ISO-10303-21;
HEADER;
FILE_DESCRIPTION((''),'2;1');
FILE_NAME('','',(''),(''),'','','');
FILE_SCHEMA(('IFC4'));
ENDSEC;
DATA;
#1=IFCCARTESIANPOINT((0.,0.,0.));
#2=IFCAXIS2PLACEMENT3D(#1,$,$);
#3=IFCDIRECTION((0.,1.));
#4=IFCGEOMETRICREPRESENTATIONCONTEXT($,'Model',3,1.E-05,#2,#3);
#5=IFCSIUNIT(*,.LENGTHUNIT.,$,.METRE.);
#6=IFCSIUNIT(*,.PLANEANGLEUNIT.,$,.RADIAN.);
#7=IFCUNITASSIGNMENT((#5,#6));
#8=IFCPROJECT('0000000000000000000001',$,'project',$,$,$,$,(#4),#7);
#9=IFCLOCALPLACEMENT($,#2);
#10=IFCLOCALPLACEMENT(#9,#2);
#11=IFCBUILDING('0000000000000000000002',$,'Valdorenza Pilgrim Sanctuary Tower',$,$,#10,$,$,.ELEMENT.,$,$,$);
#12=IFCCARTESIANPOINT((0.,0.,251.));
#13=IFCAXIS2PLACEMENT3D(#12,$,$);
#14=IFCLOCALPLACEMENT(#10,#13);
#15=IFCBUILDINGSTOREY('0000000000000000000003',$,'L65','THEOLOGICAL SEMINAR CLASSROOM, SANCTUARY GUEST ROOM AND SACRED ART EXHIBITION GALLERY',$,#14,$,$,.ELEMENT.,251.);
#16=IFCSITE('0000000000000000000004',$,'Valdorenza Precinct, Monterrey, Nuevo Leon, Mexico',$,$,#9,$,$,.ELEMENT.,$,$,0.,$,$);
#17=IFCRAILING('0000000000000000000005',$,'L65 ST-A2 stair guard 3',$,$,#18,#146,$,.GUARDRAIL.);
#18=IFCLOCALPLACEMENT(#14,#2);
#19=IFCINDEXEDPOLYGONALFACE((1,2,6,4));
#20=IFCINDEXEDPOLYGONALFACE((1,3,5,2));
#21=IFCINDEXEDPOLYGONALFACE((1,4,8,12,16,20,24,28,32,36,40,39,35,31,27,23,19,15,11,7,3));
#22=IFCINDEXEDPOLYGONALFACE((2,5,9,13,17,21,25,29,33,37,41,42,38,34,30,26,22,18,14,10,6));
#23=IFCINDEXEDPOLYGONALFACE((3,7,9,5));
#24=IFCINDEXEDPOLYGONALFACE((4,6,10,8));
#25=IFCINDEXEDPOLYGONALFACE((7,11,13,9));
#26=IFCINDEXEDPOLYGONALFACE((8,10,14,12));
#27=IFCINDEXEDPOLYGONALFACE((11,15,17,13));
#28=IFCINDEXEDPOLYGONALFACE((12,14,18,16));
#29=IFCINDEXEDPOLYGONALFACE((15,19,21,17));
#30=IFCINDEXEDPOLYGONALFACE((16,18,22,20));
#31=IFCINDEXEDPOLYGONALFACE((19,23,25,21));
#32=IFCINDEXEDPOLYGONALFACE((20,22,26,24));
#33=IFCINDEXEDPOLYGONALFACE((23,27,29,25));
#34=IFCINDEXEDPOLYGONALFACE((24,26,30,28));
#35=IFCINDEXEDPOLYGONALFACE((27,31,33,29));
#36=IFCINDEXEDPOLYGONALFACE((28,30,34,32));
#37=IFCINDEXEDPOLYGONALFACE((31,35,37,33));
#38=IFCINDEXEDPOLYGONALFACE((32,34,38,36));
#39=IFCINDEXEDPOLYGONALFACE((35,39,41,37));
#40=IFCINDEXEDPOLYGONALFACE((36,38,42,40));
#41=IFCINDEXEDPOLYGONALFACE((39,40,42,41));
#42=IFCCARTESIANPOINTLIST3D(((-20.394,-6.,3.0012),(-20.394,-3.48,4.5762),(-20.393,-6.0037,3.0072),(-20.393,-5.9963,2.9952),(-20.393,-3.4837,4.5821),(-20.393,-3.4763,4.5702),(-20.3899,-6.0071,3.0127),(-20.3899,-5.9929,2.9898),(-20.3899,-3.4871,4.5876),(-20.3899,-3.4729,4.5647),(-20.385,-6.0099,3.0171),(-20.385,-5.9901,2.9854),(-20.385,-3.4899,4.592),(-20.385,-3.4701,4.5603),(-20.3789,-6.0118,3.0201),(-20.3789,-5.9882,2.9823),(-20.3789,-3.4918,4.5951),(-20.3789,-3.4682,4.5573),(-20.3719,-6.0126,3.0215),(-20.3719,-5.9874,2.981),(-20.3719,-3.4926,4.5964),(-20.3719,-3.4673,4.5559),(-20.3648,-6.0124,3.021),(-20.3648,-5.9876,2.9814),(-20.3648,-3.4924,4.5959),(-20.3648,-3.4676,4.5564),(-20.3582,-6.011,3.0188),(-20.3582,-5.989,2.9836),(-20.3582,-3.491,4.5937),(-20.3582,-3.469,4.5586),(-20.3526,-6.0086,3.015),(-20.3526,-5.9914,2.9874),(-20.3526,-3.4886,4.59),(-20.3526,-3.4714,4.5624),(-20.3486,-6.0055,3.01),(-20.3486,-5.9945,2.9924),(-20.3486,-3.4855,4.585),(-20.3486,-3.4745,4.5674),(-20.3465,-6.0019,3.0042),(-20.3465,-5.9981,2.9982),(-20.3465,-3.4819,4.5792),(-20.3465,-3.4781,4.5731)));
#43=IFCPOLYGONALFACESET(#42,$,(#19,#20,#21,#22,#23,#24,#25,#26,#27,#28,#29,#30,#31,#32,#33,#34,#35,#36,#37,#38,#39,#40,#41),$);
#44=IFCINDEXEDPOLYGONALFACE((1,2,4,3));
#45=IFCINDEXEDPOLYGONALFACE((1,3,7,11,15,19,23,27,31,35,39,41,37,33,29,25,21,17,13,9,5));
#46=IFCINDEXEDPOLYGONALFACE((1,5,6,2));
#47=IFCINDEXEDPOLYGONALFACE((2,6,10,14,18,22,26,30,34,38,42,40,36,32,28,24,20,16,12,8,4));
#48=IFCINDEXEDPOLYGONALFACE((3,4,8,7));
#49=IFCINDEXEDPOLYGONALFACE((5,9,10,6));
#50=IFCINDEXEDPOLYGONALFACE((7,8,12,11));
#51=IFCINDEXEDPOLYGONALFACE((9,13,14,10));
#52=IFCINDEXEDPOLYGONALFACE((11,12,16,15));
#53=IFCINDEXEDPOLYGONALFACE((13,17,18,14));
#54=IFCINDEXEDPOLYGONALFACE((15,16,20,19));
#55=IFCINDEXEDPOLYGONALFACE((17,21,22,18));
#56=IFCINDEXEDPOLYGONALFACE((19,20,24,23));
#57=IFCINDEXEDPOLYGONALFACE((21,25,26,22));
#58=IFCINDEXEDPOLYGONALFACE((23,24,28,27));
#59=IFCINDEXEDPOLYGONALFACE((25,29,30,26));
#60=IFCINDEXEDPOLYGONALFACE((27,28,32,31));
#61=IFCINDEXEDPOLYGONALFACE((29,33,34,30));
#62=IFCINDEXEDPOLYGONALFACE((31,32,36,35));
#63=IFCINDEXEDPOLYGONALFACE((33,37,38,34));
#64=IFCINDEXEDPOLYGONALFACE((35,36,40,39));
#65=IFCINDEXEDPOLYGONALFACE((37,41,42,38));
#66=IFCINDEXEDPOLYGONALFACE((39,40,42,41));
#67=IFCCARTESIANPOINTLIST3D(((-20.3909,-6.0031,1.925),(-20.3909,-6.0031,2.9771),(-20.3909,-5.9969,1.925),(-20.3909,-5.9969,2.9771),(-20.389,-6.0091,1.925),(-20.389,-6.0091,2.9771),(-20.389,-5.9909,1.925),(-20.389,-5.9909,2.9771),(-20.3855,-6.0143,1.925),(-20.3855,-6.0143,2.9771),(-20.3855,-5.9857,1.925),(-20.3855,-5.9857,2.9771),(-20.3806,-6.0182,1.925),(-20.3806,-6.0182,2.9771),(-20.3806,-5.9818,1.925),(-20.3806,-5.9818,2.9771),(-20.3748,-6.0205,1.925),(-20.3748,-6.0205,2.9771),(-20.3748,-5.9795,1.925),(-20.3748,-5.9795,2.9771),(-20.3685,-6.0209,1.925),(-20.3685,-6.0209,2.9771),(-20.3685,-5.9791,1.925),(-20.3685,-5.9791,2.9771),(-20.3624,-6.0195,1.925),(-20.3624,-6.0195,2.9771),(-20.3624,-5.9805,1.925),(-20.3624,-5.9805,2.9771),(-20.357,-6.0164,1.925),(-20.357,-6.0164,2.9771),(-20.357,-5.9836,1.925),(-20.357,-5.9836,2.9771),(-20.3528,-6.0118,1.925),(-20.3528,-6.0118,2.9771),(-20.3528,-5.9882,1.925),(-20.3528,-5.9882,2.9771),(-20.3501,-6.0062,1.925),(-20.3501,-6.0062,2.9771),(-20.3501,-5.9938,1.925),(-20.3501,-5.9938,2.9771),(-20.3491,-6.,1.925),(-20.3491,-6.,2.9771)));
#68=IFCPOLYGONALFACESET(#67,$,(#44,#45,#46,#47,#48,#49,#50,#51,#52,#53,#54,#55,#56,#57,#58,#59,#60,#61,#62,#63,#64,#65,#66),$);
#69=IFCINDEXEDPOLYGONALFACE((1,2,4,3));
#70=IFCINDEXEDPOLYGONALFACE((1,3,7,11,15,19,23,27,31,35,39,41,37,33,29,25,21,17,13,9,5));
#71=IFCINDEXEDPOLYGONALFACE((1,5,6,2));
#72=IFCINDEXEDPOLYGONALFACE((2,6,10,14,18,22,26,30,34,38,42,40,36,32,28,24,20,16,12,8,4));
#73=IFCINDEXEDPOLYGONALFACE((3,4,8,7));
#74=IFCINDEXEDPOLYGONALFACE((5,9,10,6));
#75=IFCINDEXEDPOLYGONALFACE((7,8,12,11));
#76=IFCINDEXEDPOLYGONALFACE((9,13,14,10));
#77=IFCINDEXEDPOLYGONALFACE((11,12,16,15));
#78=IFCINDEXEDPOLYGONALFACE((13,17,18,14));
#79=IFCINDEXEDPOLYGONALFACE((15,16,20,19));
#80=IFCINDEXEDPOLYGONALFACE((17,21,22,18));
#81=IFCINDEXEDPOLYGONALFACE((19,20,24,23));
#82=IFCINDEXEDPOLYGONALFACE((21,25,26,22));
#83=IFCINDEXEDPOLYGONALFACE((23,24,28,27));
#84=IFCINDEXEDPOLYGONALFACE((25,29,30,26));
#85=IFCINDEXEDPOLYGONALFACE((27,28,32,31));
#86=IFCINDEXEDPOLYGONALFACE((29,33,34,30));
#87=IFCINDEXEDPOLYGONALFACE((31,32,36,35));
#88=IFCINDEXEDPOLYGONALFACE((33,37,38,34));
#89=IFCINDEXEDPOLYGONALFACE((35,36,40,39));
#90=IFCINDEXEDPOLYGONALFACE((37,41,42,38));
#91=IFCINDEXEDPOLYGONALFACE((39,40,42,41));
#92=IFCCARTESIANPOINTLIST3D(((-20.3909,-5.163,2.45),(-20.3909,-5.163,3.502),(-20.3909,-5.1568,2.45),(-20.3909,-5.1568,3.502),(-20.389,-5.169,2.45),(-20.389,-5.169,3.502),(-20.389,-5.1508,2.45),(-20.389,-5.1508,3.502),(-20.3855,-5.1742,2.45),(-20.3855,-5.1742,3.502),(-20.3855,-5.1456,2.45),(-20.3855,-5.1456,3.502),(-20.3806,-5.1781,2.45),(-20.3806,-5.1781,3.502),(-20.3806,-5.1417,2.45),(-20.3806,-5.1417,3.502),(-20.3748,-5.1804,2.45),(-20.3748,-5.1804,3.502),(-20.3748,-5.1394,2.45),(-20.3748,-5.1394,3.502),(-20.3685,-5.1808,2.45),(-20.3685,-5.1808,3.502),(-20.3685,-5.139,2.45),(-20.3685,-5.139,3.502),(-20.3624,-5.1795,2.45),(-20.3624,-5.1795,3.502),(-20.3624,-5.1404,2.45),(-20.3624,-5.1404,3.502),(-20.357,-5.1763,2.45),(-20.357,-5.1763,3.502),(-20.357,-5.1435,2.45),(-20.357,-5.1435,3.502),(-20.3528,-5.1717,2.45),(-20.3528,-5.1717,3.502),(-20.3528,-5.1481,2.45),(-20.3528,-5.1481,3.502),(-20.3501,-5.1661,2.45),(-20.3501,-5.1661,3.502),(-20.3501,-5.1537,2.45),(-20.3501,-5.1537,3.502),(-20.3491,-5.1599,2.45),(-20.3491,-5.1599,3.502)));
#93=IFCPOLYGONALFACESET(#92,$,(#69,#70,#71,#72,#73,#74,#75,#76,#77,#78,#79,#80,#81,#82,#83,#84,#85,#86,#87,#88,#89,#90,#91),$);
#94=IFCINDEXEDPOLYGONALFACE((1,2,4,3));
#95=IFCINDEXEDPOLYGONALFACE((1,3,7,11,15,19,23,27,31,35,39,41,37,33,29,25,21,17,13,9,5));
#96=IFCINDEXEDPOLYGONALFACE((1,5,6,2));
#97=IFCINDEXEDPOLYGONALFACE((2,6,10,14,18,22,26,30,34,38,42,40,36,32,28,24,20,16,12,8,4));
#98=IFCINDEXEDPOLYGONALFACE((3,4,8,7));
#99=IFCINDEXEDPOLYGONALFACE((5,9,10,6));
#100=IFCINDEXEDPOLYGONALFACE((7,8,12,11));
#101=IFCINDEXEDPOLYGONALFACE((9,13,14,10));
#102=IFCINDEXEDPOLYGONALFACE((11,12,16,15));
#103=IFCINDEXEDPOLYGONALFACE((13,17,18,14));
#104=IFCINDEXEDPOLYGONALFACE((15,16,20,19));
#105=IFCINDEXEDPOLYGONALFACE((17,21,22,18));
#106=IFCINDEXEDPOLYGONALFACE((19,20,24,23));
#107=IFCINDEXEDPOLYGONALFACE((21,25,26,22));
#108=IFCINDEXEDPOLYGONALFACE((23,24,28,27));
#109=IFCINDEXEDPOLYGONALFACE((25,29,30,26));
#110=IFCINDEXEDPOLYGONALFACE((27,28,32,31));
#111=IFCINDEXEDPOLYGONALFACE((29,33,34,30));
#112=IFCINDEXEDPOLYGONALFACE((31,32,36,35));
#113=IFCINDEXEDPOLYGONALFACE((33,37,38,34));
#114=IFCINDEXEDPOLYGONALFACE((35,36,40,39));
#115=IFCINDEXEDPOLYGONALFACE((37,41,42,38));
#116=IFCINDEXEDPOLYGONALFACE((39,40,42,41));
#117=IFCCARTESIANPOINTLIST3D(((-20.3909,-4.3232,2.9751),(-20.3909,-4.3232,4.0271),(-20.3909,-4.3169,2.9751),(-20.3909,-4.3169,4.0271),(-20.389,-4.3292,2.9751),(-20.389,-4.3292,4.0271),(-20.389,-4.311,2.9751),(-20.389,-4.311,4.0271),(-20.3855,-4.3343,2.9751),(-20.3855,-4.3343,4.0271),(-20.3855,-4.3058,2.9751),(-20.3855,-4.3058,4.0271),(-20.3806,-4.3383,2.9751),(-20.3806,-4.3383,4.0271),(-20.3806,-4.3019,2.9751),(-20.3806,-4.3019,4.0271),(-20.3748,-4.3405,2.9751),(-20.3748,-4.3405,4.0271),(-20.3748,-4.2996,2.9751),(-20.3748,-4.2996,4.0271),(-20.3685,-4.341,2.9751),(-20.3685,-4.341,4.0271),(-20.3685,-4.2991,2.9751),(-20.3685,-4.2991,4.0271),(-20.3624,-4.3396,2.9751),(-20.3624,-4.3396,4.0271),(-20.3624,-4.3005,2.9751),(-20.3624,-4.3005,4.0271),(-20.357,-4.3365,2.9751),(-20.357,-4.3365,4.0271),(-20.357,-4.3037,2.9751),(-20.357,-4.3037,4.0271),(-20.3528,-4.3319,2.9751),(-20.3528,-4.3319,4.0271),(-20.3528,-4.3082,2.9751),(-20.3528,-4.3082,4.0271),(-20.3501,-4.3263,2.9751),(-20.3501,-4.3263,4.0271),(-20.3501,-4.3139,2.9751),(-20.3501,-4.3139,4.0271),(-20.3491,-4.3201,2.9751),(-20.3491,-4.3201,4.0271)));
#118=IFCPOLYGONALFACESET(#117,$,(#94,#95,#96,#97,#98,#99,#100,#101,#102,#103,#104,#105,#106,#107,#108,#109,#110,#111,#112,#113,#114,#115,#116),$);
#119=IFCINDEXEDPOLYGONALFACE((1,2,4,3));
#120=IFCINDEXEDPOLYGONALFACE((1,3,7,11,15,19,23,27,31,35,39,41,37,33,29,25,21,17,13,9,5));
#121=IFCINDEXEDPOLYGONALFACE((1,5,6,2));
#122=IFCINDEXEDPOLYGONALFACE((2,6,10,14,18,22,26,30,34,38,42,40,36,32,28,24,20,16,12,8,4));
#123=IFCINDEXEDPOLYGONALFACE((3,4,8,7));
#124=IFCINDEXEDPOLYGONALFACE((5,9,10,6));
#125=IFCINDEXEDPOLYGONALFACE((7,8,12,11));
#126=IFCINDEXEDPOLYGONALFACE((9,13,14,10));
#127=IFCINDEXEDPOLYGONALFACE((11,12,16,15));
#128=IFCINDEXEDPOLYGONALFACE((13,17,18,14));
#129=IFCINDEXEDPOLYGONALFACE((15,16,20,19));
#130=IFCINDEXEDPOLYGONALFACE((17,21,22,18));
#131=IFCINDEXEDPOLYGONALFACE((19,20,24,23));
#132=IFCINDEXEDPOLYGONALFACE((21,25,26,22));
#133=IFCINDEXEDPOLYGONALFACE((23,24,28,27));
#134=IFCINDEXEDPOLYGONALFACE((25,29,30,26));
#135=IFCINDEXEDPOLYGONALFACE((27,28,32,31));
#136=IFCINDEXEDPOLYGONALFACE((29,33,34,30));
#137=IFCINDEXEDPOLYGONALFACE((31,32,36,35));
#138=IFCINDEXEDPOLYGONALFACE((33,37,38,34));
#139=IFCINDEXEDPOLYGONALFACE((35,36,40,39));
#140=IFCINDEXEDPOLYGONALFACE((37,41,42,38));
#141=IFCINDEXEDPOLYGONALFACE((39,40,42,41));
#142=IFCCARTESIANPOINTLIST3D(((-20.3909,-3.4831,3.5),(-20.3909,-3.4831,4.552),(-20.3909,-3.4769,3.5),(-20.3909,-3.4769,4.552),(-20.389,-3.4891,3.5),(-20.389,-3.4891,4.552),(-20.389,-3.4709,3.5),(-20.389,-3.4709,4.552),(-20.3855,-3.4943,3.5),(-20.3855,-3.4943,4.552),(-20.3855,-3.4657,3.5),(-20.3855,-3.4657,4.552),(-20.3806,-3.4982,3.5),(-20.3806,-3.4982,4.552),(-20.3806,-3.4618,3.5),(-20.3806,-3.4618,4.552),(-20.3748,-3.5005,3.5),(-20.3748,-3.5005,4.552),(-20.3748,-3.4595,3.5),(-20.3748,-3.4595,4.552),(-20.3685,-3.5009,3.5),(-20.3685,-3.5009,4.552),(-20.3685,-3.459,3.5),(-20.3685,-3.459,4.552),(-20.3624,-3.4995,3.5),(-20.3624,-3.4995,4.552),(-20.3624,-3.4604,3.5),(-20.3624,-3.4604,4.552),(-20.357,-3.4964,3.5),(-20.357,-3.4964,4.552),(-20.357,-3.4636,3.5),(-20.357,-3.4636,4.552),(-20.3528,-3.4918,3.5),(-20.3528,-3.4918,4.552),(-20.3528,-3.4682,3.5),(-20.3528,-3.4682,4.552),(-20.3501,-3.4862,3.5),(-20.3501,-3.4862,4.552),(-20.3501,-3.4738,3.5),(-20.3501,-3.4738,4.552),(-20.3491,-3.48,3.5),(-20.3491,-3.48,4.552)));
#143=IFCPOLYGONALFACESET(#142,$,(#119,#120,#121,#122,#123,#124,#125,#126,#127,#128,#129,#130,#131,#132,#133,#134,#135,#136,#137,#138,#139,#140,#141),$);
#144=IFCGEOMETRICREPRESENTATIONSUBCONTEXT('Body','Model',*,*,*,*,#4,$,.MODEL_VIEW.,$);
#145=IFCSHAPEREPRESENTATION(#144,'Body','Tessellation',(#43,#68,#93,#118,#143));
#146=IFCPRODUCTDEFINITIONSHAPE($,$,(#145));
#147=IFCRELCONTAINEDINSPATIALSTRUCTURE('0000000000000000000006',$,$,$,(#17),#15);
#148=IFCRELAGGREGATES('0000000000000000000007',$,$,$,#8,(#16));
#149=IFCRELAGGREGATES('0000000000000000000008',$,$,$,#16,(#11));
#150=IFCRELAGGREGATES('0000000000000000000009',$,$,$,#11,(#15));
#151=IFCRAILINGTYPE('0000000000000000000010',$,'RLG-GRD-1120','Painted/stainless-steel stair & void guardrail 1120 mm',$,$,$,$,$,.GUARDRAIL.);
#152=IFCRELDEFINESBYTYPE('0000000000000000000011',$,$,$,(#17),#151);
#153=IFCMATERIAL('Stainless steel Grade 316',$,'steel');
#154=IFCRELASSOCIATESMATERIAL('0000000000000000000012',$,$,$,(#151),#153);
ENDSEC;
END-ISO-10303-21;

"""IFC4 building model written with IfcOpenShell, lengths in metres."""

from ifc_helpers import new_model, si_unit, direction, frame, origin, origin_2d, place, context, subcontext, project, spatial, circle, extrude, material, type_object, element, save


model = new_model("IFC4")

# Units and contexts
model_context = context("Model", 3, precision=1e-05, world=origin(), true_north=direction((0.0, 1.0)))
body_context = subcontext(model_context, "Body", "Model", "MODEL_VIEW")
ifc_project = project(units=[si_unit("LENGTHUNIT", "METRE"), si_unit("PLANEANGLEUNIT", "RADIAN")], contexts=[model_context])

# Site, building, storey
site_placement = place(None, origin())
site = spatial("IfcSite", under=ifc_project, at=site_placement, Name="Valdorenza Precinct, Monterrey, Nuevo Leon, Mexico", CompositionType="ELEMENT", RefElevation=0.0)
building_placement = place(site_placement, origin())
building = spatial("IfcBuilding", under=site, at=building_placement, Name="Valdorenza Pilgrim Sanctuary Tower", CompositionType="ELEMENT")
storey_placement = place(building_placement, frame((0.0, 0.0, 251.0)))
storey = spatial("IfcBuildingStorey", under=building, at=storey_placement, Name="L65", Description="THEOLOGICAL SEMINAR CLASSROOM, SANCTUARY GUEST ROOM AND SACRED ART EXHIBITION GALLERY", CompositionType="ELEMENT", Elevation=251.0)

# Railing
ifc_material_1 = material(Name="Stainless steel Grade 316", Category="steel")
railing_type_1 = type_object("IfcRailingType", Name="RLG-GRD-1120", Description="Painted/stainless-steel stair & void guardrail 1120 mm", PredefinedType="GUARDRAIL", material=ifc_material_1)
railing_1_placement = place(storey_placement, frame((-20.3701, -6.0, 1.925)))
element("IfcRailing", 1, at=railing_1_placement, inside=storey, type_object=railing_type_1, Name="L65 ST-A2 stair guard 3", PredefinedType="GUARDRAIL", context=body_context, shape_type="SweptSolid", body=[
    extrude(circle(Radius=0.0239, at=origin_2d()), frame((0.0, 0.0, 1.0762), z_axis=(0.0, 0.848008, 0.529984), x_axis=(-1.0, 0.0, 0.0)), (0.0, 0.0, 1.0), 2.9717),
    extrude(circle(Radius=0.021, at=origin_2d()), origin(), (0.0, 0.0, 1.0), 1.052),
    extrude(circle(Radius=0.021, at=origin_2d()), frame((0.0, 0.8401, 0.5249)), (0.0, 0.0, 1.0), 1.052),
    extrude(circle(Radius=0.021, at=origin_2d()), frame((0.0, 1.6799, 1.05)), (0.0, 0.0, 1.0), 1.052),
    extrude(circle(Radius=0.021, at=origin_2d()), frame((0.0, 2.52, 1.575)), (0.0, 0.0, 1.0), 1.052),
])

save(model, "model.ifc")
